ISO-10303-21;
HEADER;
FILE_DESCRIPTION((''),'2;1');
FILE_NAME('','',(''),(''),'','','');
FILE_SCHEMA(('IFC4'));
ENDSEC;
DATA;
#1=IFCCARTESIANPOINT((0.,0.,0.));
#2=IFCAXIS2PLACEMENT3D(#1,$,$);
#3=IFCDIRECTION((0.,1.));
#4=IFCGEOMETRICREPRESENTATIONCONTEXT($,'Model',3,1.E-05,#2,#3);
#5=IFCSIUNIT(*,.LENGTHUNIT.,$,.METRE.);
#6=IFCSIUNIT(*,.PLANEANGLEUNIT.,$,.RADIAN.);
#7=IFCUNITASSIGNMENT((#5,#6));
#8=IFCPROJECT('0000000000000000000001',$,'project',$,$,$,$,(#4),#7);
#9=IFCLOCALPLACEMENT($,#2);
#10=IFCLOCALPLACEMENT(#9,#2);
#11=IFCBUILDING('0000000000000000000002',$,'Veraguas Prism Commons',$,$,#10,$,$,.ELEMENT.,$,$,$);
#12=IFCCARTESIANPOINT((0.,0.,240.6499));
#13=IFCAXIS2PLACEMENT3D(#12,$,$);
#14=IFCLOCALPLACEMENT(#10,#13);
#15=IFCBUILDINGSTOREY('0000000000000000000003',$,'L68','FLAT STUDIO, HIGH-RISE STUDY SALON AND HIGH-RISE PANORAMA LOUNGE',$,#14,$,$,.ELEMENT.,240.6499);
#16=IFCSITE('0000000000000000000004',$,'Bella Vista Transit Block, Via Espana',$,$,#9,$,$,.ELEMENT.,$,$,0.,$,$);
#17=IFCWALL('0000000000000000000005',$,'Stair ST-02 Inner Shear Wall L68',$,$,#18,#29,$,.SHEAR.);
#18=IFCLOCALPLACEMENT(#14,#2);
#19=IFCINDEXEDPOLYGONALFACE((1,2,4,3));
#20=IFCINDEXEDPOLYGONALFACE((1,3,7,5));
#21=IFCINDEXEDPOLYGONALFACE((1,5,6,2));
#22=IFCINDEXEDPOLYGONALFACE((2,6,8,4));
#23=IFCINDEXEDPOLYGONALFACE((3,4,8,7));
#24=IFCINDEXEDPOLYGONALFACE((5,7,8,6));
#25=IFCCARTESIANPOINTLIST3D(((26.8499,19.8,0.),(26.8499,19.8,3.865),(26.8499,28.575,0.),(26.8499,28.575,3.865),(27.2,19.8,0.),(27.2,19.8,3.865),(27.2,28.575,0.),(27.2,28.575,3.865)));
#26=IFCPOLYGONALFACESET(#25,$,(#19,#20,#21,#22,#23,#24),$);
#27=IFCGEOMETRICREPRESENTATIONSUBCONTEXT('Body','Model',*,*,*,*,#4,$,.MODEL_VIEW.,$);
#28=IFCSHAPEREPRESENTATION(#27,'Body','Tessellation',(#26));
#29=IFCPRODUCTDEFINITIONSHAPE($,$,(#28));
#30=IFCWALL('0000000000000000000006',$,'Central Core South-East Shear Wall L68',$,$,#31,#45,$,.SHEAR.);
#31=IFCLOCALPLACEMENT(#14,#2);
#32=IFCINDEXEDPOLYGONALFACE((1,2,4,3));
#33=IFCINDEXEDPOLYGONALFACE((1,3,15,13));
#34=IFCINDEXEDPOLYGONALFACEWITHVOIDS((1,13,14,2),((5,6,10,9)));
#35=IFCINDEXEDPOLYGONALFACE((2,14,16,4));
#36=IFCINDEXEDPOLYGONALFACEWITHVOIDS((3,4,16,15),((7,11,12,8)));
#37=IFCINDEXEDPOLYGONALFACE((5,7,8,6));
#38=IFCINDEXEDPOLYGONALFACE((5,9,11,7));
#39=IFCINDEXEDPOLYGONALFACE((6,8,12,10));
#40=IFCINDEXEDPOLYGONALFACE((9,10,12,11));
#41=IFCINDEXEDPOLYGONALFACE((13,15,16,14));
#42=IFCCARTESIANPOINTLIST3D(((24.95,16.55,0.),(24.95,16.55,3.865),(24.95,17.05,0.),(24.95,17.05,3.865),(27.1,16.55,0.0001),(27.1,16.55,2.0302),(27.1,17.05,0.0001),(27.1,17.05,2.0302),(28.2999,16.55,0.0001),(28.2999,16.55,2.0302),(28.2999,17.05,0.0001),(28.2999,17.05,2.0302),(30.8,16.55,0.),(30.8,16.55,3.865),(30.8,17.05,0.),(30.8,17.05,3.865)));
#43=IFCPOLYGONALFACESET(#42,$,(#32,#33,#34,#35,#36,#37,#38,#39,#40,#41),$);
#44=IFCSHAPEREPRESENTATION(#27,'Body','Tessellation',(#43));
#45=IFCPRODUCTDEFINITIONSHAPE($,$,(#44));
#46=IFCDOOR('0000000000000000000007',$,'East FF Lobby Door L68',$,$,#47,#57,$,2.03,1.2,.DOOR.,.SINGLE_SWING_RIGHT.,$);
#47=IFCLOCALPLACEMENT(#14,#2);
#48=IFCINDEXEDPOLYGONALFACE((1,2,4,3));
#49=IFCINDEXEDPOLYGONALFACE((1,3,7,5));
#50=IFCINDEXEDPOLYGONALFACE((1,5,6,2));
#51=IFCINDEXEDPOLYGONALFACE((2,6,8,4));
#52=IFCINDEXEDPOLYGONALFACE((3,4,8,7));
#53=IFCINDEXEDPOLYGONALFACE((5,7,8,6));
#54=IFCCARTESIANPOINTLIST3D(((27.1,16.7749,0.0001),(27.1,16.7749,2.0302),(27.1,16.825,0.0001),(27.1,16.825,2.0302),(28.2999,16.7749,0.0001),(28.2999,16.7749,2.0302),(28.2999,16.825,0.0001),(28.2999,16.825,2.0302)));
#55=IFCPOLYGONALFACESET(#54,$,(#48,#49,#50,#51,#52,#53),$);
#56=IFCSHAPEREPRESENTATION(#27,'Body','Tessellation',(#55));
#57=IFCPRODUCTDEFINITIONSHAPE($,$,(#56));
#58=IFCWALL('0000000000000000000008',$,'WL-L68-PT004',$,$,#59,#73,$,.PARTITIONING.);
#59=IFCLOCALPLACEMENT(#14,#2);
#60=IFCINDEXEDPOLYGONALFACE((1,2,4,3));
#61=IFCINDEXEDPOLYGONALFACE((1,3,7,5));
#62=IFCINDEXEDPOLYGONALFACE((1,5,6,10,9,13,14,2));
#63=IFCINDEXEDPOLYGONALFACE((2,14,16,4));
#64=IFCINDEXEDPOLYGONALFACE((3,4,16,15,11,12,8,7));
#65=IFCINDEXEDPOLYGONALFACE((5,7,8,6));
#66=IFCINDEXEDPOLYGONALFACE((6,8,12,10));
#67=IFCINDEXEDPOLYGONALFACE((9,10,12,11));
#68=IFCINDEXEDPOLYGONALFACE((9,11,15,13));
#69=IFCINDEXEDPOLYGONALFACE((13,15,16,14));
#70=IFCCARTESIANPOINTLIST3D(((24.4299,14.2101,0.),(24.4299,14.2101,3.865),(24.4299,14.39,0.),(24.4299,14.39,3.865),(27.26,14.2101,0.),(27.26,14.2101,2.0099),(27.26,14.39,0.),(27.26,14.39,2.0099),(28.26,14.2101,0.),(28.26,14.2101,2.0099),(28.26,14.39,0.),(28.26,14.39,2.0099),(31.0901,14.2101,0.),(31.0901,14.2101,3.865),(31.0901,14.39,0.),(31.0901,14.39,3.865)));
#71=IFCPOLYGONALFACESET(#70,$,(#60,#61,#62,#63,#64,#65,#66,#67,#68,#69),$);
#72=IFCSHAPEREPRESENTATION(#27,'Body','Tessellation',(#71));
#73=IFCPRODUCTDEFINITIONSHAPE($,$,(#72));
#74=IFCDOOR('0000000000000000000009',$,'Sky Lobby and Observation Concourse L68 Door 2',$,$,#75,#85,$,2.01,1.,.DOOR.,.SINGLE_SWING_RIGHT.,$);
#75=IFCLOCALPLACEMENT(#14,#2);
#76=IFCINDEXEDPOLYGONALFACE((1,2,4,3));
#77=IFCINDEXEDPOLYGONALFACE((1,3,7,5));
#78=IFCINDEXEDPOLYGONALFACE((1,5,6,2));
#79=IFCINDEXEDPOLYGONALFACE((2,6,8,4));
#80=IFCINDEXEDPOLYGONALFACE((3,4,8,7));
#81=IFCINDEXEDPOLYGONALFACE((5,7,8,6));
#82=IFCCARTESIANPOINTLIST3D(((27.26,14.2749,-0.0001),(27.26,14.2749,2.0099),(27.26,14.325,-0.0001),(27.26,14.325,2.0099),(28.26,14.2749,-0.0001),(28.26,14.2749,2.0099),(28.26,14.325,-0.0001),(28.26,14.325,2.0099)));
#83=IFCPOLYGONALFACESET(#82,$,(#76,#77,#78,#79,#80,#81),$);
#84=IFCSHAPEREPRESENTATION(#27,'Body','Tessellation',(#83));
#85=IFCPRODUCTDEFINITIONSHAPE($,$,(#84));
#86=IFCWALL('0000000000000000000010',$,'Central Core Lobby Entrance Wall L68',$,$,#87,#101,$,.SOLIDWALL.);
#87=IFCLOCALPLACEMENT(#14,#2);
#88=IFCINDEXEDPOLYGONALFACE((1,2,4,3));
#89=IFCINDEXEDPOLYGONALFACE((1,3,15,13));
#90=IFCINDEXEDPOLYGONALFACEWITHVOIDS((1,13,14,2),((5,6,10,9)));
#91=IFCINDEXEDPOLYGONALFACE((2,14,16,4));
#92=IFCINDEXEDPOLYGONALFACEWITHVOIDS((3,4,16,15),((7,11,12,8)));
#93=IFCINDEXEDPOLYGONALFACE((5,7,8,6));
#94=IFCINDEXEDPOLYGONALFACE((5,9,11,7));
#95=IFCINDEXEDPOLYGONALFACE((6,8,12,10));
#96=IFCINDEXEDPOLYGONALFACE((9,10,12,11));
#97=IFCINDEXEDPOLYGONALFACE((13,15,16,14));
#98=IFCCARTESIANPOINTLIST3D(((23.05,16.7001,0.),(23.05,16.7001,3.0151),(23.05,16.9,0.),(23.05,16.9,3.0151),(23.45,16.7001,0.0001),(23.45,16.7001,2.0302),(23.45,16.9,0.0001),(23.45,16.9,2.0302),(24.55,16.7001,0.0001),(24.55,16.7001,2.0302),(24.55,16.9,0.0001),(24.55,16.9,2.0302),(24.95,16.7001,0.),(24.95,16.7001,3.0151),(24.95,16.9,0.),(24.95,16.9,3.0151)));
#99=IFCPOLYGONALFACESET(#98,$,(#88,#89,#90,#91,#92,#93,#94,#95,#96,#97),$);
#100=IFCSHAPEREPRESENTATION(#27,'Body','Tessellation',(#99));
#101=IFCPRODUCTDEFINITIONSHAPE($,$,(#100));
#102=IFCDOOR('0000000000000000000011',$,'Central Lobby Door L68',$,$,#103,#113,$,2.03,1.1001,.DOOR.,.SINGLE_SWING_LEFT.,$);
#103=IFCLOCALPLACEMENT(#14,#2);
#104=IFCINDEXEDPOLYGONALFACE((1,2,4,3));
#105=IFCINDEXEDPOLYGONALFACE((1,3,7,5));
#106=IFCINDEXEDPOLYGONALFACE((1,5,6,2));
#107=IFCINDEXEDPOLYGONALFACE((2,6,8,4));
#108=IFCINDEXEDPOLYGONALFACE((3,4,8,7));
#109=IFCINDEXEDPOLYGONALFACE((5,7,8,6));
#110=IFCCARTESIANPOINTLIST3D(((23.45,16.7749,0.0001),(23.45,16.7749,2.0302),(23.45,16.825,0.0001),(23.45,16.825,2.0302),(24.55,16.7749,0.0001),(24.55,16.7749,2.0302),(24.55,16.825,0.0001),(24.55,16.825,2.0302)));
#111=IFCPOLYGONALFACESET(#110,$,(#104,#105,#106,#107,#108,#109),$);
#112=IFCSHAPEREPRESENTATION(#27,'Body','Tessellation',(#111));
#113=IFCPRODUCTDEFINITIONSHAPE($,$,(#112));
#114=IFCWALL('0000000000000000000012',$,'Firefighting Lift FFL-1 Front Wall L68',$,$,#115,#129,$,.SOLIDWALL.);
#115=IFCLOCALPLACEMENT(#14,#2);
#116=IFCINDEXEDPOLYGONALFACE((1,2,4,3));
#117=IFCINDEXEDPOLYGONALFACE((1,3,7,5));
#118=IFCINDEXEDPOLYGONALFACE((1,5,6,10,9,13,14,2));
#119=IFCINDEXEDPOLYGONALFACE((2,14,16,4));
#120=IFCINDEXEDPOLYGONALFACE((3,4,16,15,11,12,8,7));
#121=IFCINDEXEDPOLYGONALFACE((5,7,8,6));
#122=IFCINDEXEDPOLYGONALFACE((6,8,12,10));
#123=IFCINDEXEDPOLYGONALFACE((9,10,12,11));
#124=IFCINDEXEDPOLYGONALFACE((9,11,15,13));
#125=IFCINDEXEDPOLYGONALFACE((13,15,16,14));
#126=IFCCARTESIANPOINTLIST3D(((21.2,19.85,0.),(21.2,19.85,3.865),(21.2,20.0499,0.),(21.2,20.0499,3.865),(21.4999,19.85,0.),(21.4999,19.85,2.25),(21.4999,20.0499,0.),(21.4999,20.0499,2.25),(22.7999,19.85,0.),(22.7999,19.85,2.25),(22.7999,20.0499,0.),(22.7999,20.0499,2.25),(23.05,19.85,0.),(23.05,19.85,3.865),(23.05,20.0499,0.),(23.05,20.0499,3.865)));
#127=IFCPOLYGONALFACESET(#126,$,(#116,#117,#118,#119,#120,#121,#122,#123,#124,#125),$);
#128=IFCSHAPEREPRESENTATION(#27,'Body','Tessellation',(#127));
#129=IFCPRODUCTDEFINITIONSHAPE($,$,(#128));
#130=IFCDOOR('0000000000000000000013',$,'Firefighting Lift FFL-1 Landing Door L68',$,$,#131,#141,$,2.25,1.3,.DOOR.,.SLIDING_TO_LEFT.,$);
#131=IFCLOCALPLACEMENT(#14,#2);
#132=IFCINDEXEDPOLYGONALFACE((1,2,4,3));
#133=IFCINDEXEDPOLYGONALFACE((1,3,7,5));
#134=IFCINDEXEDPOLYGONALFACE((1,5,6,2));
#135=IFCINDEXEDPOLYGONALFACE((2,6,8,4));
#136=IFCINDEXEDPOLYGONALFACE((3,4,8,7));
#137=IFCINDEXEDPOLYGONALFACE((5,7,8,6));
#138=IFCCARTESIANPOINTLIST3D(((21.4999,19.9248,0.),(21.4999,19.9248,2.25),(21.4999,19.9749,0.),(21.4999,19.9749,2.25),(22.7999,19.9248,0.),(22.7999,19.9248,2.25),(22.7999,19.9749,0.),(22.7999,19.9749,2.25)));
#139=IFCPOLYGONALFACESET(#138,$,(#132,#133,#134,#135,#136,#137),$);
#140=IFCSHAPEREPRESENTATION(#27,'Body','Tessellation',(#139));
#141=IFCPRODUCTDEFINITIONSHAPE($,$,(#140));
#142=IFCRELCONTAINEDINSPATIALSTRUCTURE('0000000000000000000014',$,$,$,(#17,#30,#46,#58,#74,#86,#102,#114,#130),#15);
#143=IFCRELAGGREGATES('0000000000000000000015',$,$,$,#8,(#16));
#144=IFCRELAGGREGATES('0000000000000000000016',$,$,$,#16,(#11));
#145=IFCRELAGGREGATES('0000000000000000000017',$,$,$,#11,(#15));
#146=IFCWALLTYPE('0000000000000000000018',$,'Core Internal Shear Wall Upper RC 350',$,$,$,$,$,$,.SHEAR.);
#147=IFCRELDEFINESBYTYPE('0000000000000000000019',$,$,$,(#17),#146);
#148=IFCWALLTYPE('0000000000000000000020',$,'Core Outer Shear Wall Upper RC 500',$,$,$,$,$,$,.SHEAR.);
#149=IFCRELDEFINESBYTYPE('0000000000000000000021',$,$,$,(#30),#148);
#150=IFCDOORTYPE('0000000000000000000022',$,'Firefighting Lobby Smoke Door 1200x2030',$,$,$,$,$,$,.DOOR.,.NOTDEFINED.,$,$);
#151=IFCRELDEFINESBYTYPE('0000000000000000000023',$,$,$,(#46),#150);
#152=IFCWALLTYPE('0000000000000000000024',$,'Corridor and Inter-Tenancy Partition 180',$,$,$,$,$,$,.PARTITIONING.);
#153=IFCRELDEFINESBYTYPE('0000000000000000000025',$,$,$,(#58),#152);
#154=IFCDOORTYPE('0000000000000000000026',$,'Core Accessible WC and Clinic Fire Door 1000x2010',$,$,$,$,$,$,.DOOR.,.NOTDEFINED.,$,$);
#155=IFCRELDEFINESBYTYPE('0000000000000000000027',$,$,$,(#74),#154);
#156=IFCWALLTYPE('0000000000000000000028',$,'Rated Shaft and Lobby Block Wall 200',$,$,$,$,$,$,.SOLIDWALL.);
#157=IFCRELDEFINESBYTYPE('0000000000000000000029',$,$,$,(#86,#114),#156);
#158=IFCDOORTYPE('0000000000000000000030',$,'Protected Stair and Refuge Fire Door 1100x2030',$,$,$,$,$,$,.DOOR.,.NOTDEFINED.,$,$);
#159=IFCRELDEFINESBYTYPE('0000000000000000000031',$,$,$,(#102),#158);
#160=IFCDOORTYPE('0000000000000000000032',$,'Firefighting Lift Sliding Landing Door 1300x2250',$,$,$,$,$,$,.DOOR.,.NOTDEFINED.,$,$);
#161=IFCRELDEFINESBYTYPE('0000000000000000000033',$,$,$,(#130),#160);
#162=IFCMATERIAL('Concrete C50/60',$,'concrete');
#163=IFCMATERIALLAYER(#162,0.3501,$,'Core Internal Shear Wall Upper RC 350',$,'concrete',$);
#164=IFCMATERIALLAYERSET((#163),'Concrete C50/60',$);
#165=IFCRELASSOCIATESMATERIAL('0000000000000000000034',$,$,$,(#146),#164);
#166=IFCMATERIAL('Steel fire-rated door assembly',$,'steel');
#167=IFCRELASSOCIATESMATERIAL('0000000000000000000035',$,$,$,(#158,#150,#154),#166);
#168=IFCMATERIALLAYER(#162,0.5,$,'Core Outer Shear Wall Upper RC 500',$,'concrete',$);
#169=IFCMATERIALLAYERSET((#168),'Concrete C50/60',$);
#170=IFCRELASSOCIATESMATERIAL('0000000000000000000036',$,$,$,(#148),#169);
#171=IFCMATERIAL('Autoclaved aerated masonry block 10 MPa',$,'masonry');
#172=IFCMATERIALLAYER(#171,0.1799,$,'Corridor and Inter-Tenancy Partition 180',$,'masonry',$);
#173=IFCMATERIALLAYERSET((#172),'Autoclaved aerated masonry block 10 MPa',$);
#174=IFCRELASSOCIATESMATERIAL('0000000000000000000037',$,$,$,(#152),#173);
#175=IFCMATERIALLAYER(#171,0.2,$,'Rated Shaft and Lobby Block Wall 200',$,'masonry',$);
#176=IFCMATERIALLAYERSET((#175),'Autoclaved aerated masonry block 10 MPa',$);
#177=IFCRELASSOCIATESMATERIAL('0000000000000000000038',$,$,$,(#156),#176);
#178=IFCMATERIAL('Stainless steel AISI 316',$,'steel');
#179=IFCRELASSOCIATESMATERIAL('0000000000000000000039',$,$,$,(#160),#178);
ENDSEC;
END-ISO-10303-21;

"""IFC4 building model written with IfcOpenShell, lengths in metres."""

from ifc_helpers import new_model, si_unit, direction, frame, frame_2d, origin, place, context, subcontext, project, spatial, rectangle, extrude, source, transform, mapped, material, layer, layer_set, type_object, element, fill, save


model = new_model("IFC4")

# Units and contexts
model_context = context("Model", 3, precision=1e-05, world=origin(), true_north=direction((0.0, 1.0)))
body_context = subcontext(model_context, "Body", "Model", "MODEL_VIEW")
ifc_project = project(units=[si_unit("LENGTHUNIT", "METRE"), si_unit("PLANEANGLEUNIT", "RADIAN")], contexts=[model_context])

# Site, building, storey
site_placement = place(None, origin())
site = spatial("IfcSite", under=ifc_project, at=site_placement, Name="Bella Vista Transit Block, Via Espana", CompositionType="ELEMENT", RefElevation=0.0)
building_placement = place(site_placement, origin())
building = spatial("IfcBuilding", under=site, at=building_placement, Name="Veraguas Prism Commons", CompositionType="ELEMENT")
storey_placement = place(building_placement, frame((0.0, 0.0, 240.6499)))
storey = spatial("IfcBuildingStorey", under=building, at=storey_placement, Name="L68", Description="FLAT STUDIO, HIGH-RISE STUDY SALON AND HIGH-RISE PANORAMA LOUNGE", CompositionType="ELEMENT", Elevation=240.6499)

# Shared definitions
ifc_material_1 = material(Name="Concrete C50/60", Category="concrete")

# Shared definitions
ifc_layer_1 = layer(ifc_material_1, 0.3501, Name="Core Internal Shear Wall Upper RC 350", Category="concrete")
ifc_layer_set_1 = layer_set([ifc_layer_1], Name="Concrete C50/60")
wall_type_1 = type_object("IfcWallType", Name="Core Internal Shear Wall Upper RC 350", PredefinedType="SHEAR", material=ifc_layer_set_1)
ifc_material_2 = material(Name="Steel fire-rated door assembly", Category="steel")
door_type_1 = type_object("IfcDoorType", Name="Protected Stair and Refuge Fire Door 1100x2030", OperationType="NOTDEFINED", PredefinedType="DOOR", material=ifc_material_2)
shared_shape_1 = source(origin(), body_context, "Body", "SweptSolid", [
    extrude(rectangle(XDim=1.1001, YDim=2.03, at=frame_2d((0.55, 1.0151))), frame((0.0, 0.0249, 0.0), z_axis=(0.0, -1.0, 0.0), x_axis=(1.0, 0.0, 0.0)), (0.0, 0.0, 1.0), 0.05),
])

# Wall
for number, where, z_axis, x_axis, name in (
    (1, (27.0249, 19.8, 0.0), (0.0, 0.0, 1.0), (0.0, 1.0, 0.0), "Stair ST-02 Inner Shear Wall L68"),
):
    element("IfcWall", number, at=place(storey_placement, frame(where, z_axis=z_axis, x_axis=x_axis)), inside=storey, type_object=wall_type_1, Name=name, PredefinedType="SHEAR", context=body_context, shape_type="SweptSolid", body=[
        extrude(rectangle(XDim=8.7749, YDim=0.3501, at=frame_2d((4.3875, 0.0))), origin(), (0.0, 0.0, 1.0), 3.865),
    ])

# Walls, openings, doors
ifc_layer_2 = layer(ifc_material_1, 0.5, Name="Core Outer Shear Wall Upper RC 500", Category="concrete")
ifc_layer_set_2 = layer_set([ifc_layer_2], Name="Concrete C50/60")
wall_type_2 = type_object("IfcWallType", Name="Core Outer Shear Wall Upper RC 500", PredefinedType="SHEAR", material=ifc_layer_set_2)
wall_1_placement = place(storey_placement, frame((24.95, 16.8, 0.0), z_axis=(0.0, 0.0, 1.0), x_axis=(1.0, 0.0, 0.0)))
wall_1 = element("IfcWall", 2, at=wall_1_placement, inside=storey, type_object=wall_type_2, Name="Central Core South-East Shear Wall L68", PredefinedType="SHEAR", context=body_context, shape_type="SweptSolid", body=[
    extrude(rectangle(XDim=5.8501, YDim=0.5, at=frame_2d((2.925, 0.0))), origin(), (0.0, 0.0, 1.0), 3.865),
])
opening_1_placement = place(wall_1_placement, frame((2.1499, 0.0, 0.0)))
opening_1 = element("IfcOpeningElement", 3, at=opening_1_placement, cuts=wall_1, PredefinedType="OPENING", context=body_context, shape_type="SweptSolid", body=[
    extrude(rectangle(XDim=1.2, YDim=2.03, at=frame_2d((0.6001, 1.0151))), frame((0.0, 0.26, 0.0), z_axis=(0.0, -1.0, 0.0), x_axis=(1.0, 0.0, 0.0)), (0.0, 0.0, 1.0), 0.52),
])
door_type_2 = type_object("IfcDoorType", Name="Firefighting Lobby Smoke Door 1200x2030", OperationType="NOTDEFINED", PredefinedType="DOOR", material=ifc_material_2)
shared_shape_2 = source(origin(), body_context, "Body", "SweptSolid", [
    extrude(rectangle(XDim=1.2, YDim=2.03, at=frame_2d((0.6001, 1.0151))), frame((0.0, 0.0249, 0.0), z_axis=(0.0, -1.0, 0.0), x_axis=(1.0, 0.0, 0.0)), (0.0, 0.0, 1.0), 0.05),
])
door_1_placement = place(opening_1_placement, origin())
door_1 = element("IfcDoor", 4, at=door_1_placement, inside=storey, type_object=door_type_2, Name="East FF Lobby Door L68", OperationType="SINGLE_SWING_RIGHT", OverallHeight=2.03, OverallWidth=1.2, PredefinedType="DOOR", context=body_context, shape_type="MappedRepresentation", body=[
    mapped(shared_shape_2, transform((0.0, 0.0, 0.0), scale=1.0)),
])
fill(opening_1, door_1)
ifc_material_3 = material(Name="Autoclaved aerated masonry block 10 MPa", Category="masonry")
ifc_layer_3 = layer(ifc_material_3, 0.1799, Name="Corridor and Inter-Tenancy Partition 180", Category="masonry")
ifc_layer_set_3 = layer_set([ifc_layer_3], Name="Autoclaved aerated masonry block 10 MPa")
wall_type_3 = type_object("IfcWallType", Name="Corridor and Inter-Tenancy Partition 180", PredefinedType="PARTITIONING", material=ifc_layer_set_3)
wall_2_placement = place(storey_placement, frame((24.4299, 14.3, 0.0), z_axis=(0.0, 0.0, 1.0), x_axis=(1.0, 0.0, 0.0)))
wall_2 = element("IfcWall", 5, at=wall_2_placement, inside=storey, type_object=wall_type_3, Name="WL-L68-PT004", PredefinedType="PARTITIONING", context=body_context, shape_type="SweptSolid", body=[
    extrude(rectangle(XDim=6.6602, YDim=0.1799, at=frame_2d((3.3301, 0.0))), origin(), (0.0, 0.0, 1.0), 3.865),
])
opening_2_placement = place(wall_2_placement, frame((2.8301, 0.0, 0.0)))
opening_2 = element("IfcOpeningElement", 6, at=opening_2_placement, cuts=wall_2, PredefinedType="OPENING", context=body_context, shape_type="SweptSolid", body=[
    extrude(rectangle(XDim=1.0, YDim=2.01, at=frame_2d((0.5, 1.0049))), frame((0.0, 0.0999, 0.0), z_axis=(0.0, -1.0, 0.0), x_axis=(1.0, 0.0, 0.0)), (0.0, 0.0, 1.0), 0.2),
])
door_type_3 = type_object("IfcDoorType", Name="Core Accessible WC and Clinic Fire Door 1000x2010", OperationType="NOTDEFINED", PredefinedType="DOOR", material=ifc_material_2)
shared_shape_3 = source(origin(), body_context, "Body", "SweptSolid", [
    extrude(rectangle(XDim=1.0, YDim=2.01, at=frame_2d((0.5, 1.0049))), frame((0.0, 0.0249, 0.0), z_axis=(0.0, -1.0, 0.0), x_axis=(1.0, 0.0, 0.0)), (0.0, 0.0, 1.0), 0.05),
])
door_2_placement = place(opening_2_placement, origin())
door_2 = element("IfcDoor", 7, at=door_2_placement, inside=storey, type_object=door_type_3, Name="Sky Lobby and Observation Concourse L68 Door 2", OperationType="SINGLE_SWING_RIGHT", OverallHeight=2.01, OverallWidth=1.0, PredefinedType="DOOR", context=body_context, shape_type="MappedRepresentation", body=[
    mapped(shared_shape_3, transform((0.0, 0.0, 0.0), scale=1.0)),
])
fill(opening_2, door_2)
ifc_layer_4 = layer(ifc_material_3, 0.2, Name="Rated Shaft and Lobby Block Wall 200", Category="masonry")
ifc_layer_set_4 = layer_set([ifc_layer_4], Name="Autoclaved aerated masonry block 10 MPa")
wall_type_4 = type_object("IfcWallType", Name="Rated Shaft and Lobby Block Wall 200", PredefinedType="SOLIDWALL", material=ifc_layer_set_4)
wall_3_placement = place(storey_placement, frame((23.05, 16.8, 0.0), z_axis=(0.0, 0.0, 1.0), x_axis=(1.0, 0.0, 0.0)))
wall_3 = element("IfcWall", 8, at=wall_3_placement, inside=storey, type_object=wall_type_4, Name="Central Core Lobby Entrance Wall L68", PredefinedType="SOLIDWALL", context=body_context, shape_type="SweptSolid", body=[
    extrude(rectangle(XDim=1.8999, YDim=0.2, at=frame_2d((0.95, 0.0))), origin(), (0.0, 0.0, 1.0), 3.0151),
])
opening_3_placement = place(wall_3_placement, frame((0.3999, 0.0, 0.0)))
opening_3 = element("IfcOpeningElement", 9, at=opening_3_placement, cuts=wall_3, PredefinedType="OPENING", context=body_context, shape_type="SweptSolid", body=[
    extrude(rectangle(XDim=1.1001, YDim=2.03, at=frame_2d((0.55, 1.0151))), frame((0.0, 0.1099, 0.0), z_axis=(0.0, -1.0, 0.0), x_axis=(1.0, 0.0, 0.0)), (0.0, 0.0, 1.0), 0.22),
])
door_3_placement = place(opening_3_placement, origin())
door_3 = element("IfcDoor", 10, at=door_3_placement, inside=storey, type_object=door_type_1, Name="Central Lobby Door L68", OperationType="SINGLE_SWING_LEFT", OverallHeight=2.03, OverallWidth=1.1001, PredefinedType="DOOR", context=body_context, shape_type="MappedRepresentation", body=[
    mapped(shared_shape_1, transform((0.0, 0.0, 0.0), scale=1.0)),
])
fill(opening_3, door_3)
wall_4_placement = place(storey_placement, frame((21.2, 19.95, 0.0), z_axis=(0.0, 0.0, 1.0), x_axis=(1.0, 0.0, 0.0)))
wall_4 = element("IfcWall", 11, at=wall_4_placement, inside=storey, type_object=wall_type_4, Name="Firefighting Lift FFL-1 Front Wall L68", PredefinedType="SOLIDWALL", context=body_context, shape_type="SweptSolid", body=[
    extrude(rectangle(XDim=1.8501, YDim=0.2, at=frame_2d((0.925, 0.0))), origin(), (0.0, 0.0, 1.0), 3.865),
])
opening_4_placement = place(wall_4_placement, frame((0.3, 0.0, 0.0)))
opening_4 = element("IfcOpeningElement", 12, at=opening_4_placement, cuts=wall_4, PredefinedType="OPENING", context=body_context, shape_type="SweptSolid", body=[
    extrude(rectangle(XDim=1.3, YDim=2.25, at=frame_2d((0.6499, 1.125))), frame((0.0, 0.1099, 0.0), z_axis=(0.0, -1.0, 0.0), x_axis=(1.0, 0.0, 0.0)), (0.0, 0.0, 1.0), 0.22),
])
ifc_material_4 = material(Name="Stainless steel AISI 316", Category="steel")
door_type_4 = type_object("IfcDoorType", Name="Firefighting Lift Sliding Landing Door 1300x2250", OperationType="NOTDEFINED", PredefinedType="DOOR", material=ifc_material_4)
shared_shape_4 = source(origin(), body_context, "Body", "SweptSolid", [
    extrude(rectangle(XDim=1.3, YDim=2.25, at=frame_2d((0.6499, 1.125))), frame((0.0, 0.0249, 0.0), z_axis=(0.0, -1.0, 0.0), x_axis=(1.0, 0.0, 0.0)), (0.0, 0.0, 1.0), 0.05),
])
door_4_placement = place(opening_4_placement, origin())
door_4 = element("IfcDoor", 13, at=door_4_placement, inside=storey, type_object=door_type_4, Name="Firefighting Lift FFL-1 Landing Door L68", OperationType="SLIDING_TO_LEFT", OverallHeight=2.25, OverallWidth=1.3, PredefinedType="DOOR", context=body_context, shape_type="MappedRepresentation", body=[
    mapped(shared_shape_4, transform((0.0, 0.0, 0.0), scale=1.0)),
])
fill(opening_4, door_4)

save(model, "model.ifc")
